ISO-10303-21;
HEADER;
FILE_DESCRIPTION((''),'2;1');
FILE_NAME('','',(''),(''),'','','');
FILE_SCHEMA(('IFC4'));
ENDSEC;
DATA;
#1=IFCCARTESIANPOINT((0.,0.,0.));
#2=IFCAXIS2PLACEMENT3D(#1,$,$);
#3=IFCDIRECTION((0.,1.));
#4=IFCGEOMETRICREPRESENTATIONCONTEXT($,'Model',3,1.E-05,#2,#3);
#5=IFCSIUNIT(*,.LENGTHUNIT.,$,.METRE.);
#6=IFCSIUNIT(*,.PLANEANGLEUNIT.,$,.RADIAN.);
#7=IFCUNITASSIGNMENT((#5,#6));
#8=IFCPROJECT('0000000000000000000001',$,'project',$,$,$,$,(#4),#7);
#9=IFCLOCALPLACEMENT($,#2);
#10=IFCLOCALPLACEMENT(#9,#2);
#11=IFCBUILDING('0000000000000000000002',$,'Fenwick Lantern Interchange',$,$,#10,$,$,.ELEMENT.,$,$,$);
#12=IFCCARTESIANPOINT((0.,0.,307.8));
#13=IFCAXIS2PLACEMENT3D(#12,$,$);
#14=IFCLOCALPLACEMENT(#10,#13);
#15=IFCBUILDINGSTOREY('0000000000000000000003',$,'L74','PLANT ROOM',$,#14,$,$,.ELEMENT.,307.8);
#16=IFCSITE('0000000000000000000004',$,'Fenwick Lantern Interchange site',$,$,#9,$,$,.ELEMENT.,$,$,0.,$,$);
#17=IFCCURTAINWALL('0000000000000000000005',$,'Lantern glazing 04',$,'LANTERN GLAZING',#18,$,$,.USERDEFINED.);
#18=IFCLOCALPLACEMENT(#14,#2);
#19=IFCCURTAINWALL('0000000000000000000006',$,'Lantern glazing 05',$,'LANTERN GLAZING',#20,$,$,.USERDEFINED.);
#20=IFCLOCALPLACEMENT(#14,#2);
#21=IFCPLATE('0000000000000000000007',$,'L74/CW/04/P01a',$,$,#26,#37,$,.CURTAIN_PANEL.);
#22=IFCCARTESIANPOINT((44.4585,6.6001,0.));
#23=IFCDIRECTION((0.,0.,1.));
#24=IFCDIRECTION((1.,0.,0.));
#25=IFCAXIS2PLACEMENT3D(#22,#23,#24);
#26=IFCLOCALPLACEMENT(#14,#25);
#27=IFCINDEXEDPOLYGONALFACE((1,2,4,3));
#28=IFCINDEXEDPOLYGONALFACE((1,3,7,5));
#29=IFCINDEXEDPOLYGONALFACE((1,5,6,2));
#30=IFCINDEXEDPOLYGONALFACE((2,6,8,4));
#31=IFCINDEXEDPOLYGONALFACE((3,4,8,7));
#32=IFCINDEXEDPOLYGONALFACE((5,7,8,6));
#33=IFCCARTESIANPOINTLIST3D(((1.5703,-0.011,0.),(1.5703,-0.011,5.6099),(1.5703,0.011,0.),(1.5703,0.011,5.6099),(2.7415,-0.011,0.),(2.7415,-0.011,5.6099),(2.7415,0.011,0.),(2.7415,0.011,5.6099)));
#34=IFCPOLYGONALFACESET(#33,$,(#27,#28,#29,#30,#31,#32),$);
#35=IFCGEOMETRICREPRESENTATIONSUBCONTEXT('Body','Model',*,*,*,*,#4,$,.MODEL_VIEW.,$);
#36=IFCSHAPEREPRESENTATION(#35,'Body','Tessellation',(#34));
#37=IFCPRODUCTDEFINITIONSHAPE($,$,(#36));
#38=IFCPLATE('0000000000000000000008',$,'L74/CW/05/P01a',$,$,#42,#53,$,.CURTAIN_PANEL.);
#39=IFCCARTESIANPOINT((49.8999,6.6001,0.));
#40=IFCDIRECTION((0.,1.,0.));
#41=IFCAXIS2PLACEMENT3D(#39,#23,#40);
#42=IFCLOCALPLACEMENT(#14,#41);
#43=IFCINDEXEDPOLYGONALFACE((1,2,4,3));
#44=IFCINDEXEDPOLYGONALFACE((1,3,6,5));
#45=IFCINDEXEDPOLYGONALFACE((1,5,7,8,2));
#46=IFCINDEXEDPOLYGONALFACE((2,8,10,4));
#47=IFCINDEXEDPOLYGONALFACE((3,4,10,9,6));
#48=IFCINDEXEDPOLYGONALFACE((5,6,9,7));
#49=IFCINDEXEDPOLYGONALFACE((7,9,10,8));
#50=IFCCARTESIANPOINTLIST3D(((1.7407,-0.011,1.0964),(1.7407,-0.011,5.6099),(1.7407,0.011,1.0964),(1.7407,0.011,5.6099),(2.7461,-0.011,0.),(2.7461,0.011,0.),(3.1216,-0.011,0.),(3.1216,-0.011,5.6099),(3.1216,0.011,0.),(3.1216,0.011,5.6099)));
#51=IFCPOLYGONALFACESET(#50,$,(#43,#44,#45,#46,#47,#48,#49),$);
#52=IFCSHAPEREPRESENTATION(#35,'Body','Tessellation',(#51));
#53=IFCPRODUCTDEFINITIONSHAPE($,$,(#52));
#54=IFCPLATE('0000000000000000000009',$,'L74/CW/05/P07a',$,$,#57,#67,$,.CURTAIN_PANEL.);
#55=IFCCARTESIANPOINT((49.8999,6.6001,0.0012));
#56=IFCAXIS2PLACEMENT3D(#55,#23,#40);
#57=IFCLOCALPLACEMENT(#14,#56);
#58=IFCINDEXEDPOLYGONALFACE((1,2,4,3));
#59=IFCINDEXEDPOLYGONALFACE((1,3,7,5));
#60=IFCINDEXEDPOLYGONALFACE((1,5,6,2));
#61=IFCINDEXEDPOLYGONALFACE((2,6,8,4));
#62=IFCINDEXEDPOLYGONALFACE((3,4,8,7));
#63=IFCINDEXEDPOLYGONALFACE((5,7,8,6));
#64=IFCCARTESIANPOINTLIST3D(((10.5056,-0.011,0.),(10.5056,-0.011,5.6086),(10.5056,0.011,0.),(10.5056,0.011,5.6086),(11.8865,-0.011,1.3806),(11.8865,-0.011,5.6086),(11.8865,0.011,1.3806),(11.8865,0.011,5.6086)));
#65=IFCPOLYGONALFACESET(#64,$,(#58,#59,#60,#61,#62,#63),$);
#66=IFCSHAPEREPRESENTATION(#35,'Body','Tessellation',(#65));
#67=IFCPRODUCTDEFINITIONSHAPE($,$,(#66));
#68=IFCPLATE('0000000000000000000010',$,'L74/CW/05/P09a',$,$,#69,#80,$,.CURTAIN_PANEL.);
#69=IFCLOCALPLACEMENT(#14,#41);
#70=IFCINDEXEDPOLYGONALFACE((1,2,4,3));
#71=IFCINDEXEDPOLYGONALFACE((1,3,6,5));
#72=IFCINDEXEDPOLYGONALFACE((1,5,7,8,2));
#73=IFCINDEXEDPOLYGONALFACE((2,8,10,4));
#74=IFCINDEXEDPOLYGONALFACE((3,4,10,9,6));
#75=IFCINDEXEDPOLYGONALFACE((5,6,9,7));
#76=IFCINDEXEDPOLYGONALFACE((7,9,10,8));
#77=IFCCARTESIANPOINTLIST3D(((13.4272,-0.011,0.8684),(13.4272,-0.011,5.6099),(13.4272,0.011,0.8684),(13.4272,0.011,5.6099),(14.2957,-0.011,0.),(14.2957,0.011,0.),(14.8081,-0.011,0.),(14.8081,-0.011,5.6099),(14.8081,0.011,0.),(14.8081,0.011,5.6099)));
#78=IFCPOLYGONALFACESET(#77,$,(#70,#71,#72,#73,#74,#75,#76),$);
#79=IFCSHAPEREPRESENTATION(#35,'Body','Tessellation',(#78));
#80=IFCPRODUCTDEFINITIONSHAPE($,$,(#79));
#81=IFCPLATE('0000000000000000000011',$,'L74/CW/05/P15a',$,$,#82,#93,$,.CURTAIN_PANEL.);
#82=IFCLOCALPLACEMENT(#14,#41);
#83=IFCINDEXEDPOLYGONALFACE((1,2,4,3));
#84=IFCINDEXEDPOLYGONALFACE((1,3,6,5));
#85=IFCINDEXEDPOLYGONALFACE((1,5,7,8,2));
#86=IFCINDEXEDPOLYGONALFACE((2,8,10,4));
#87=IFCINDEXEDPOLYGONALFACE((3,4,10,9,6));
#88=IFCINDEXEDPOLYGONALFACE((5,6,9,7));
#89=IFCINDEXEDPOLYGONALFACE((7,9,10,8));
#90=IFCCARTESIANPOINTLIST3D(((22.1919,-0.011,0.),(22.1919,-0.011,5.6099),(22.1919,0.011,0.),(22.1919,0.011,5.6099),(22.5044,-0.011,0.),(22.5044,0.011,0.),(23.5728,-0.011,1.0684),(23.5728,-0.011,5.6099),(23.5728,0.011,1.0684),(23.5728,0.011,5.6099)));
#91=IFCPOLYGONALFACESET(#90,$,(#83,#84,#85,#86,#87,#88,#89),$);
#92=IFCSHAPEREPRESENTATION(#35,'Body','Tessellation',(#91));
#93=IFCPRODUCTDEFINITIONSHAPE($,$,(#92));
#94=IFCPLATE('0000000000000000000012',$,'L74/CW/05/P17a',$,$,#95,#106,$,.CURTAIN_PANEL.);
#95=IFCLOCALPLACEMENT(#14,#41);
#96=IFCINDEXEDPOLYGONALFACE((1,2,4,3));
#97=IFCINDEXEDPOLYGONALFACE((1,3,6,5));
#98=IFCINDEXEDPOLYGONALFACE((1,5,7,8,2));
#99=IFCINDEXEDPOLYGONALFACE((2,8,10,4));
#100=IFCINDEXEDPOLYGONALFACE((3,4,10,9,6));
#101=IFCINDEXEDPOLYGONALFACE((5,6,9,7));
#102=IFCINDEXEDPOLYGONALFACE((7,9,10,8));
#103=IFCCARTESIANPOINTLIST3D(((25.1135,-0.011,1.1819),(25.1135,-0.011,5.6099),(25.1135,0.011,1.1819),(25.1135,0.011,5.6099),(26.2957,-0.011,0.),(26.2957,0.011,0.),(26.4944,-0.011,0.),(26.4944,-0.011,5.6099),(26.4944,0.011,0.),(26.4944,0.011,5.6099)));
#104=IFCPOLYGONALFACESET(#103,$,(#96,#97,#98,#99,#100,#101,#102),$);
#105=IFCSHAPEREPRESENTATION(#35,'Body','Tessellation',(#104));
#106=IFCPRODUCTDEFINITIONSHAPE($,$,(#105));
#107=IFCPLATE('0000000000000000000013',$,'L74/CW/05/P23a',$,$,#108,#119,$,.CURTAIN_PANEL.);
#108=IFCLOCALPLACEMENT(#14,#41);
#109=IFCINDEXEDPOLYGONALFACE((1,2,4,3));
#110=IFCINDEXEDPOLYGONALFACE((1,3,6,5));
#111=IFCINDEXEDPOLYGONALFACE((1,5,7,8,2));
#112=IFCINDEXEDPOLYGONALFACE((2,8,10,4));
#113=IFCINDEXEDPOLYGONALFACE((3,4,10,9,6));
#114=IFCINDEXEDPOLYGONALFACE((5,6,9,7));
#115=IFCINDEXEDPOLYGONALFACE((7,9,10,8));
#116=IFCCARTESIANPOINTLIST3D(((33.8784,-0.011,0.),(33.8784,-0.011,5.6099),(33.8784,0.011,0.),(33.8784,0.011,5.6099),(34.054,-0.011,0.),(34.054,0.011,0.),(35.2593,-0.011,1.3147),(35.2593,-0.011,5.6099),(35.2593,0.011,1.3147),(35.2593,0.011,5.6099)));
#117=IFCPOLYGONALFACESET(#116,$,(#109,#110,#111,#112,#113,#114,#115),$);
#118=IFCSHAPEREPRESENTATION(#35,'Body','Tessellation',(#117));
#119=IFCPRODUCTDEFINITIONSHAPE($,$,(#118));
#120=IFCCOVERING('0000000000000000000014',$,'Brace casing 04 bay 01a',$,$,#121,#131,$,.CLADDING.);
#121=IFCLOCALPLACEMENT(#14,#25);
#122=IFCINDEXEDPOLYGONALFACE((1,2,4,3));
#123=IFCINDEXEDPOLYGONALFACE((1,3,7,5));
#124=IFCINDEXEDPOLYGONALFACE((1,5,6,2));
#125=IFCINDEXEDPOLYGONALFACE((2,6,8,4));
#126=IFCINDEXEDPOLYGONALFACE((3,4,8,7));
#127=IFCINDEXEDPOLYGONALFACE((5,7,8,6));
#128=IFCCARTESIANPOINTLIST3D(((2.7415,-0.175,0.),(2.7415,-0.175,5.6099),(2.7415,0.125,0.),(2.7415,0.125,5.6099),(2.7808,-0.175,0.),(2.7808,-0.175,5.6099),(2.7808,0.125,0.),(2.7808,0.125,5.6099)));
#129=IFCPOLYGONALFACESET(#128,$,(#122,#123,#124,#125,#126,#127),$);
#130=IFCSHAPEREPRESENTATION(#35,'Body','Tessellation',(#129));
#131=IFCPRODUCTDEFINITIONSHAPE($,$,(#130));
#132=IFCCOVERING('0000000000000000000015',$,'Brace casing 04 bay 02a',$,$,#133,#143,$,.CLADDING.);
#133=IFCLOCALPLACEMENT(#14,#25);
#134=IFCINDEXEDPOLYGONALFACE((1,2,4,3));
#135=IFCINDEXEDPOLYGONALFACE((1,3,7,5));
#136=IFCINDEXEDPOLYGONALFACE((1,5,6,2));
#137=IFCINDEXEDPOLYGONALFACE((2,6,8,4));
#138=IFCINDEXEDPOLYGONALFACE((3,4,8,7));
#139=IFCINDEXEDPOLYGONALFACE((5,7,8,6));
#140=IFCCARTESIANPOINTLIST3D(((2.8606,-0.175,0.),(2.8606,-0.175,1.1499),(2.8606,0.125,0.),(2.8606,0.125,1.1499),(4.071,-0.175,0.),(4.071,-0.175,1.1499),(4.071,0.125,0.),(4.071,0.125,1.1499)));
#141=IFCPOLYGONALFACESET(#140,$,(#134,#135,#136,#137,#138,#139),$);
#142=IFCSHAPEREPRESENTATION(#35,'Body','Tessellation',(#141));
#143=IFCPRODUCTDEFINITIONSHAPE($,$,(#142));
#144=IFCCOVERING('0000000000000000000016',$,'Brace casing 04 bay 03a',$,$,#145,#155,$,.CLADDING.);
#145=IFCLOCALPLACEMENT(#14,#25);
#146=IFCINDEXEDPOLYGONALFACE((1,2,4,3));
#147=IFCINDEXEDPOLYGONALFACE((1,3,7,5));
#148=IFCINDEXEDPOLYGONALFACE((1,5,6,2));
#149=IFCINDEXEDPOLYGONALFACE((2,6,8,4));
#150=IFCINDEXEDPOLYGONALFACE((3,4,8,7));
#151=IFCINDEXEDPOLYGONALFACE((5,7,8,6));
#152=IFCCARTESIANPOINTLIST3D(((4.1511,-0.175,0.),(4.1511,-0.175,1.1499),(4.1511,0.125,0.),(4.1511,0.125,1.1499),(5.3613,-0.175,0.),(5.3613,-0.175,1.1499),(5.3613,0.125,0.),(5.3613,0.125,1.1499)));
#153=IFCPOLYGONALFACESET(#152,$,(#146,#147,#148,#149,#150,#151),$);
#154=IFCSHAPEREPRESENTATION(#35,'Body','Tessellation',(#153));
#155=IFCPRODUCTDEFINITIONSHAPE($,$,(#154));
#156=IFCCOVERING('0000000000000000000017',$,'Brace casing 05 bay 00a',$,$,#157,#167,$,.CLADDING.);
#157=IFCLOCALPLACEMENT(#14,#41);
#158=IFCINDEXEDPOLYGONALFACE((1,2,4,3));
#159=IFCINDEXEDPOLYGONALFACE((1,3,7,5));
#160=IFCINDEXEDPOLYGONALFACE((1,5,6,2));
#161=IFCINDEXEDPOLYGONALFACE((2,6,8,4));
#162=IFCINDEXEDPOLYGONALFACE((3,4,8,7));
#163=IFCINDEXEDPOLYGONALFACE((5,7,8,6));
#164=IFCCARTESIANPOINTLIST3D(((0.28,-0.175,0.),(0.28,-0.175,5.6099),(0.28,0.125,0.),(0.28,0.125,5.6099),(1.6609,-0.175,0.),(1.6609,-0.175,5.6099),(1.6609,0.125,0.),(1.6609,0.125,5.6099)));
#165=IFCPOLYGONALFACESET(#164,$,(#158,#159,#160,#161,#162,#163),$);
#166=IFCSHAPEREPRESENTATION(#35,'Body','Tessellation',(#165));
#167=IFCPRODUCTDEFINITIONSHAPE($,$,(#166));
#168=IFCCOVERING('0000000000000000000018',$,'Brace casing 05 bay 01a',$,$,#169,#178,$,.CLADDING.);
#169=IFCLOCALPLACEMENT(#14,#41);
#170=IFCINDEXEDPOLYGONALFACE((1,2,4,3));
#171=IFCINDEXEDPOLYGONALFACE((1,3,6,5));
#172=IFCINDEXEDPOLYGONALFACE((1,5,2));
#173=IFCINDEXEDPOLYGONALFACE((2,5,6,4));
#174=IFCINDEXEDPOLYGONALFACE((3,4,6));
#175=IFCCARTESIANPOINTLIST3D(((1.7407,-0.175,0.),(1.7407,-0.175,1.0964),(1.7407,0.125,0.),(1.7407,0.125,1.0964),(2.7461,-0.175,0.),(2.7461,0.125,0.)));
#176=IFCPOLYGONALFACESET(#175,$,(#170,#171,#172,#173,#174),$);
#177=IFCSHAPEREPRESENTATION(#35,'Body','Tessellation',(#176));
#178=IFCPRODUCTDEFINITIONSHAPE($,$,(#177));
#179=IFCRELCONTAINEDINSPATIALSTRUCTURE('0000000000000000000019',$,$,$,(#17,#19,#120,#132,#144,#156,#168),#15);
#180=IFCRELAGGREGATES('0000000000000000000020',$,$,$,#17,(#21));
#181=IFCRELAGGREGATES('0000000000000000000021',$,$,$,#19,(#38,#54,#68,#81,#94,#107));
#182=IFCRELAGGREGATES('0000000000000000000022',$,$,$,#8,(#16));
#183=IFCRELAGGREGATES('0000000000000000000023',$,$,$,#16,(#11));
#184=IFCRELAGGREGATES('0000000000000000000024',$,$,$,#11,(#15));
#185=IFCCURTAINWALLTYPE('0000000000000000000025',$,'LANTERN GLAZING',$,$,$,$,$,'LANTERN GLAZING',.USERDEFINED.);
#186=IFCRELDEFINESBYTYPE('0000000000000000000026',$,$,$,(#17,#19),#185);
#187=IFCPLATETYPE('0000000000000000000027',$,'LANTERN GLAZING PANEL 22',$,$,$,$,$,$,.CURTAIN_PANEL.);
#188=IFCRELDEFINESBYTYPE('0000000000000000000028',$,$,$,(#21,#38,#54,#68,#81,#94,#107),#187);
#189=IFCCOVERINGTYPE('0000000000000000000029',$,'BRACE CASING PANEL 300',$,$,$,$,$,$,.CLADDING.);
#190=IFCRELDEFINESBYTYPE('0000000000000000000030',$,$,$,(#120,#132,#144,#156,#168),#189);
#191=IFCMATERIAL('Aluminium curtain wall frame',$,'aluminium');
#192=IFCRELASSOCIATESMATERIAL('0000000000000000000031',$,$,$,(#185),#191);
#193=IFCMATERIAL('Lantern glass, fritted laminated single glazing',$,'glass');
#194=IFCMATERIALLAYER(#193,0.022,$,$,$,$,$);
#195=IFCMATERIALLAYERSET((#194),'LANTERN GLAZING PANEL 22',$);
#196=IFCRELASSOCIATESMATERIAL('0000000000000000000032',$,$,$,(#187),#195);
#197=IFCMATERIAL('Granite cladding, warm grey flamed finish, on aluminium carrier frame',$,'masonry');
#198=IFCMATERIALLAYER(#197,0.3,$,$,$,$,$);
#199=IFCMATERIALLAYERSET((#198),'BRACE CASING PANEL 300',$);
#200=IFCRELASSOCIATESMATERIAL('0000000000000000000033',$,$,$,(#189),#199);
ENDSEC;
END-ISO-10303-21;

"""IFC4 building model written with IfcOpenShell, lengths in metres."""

from ifc_helpers import new_model, si_unit, direction, frame, origin, place, context, subcontext, project, spatial, polyline, outline, extrude, material, layer, layer_set, type_object, element, aggregate, save


model = new_model("IFC4")

# Units and contexts
model_context = context("Model", 3, precision=1e-05, world=origin(), true_north=direction((0.0, 1.0)))
body_context = subcontext(model_context, "Body", "Model", "MODEL_VIEW")
ifc_project = project(units=[si_unit("LENGTHUNIT", "METRE"), si_unit("PLANEANGLEUNIT", "RADIAN")], contexts=[model_context])

# Site, building, storey
site_placement = place(None, origin())
site = spatial("IfcSite", under=ifc_project, at=site_placement, Name="Fenwick Lantern Interchange site", CompositionType="ELEMENT", RefElevation=0.0)
building_placement = place(site_placement, origin())
building = spatial("IfcBuilding", under=site, at=building_placement, Name="Fenwick Lantern Interchange", CompositionType="ELEMENT")
storey_placement = place(building_placement, frame((0.0, 0.0, 307.8)))
storey = spatial("IfcBuildingStorey", under=building, at=storey_placement, Name="L74", Description="PLANT ROOM", CompositionType="ELEMENT", Elevation=307.8)

# Shared definitions
ifc_material_1 = material(Name="Aluminium curtain wall frame", Category="aluminium")
curtain_wall_type = type_object("IfcCurtainWallType", Name="LANTERN GLAZING", ElementType="LANTERN GLAZING", PredefinedType="USERDEFINED", material=ifc_material_1)

# Curtain walls
curtain_wall_1_placement = place(storey_placement, origin())
curtain_wall_1 = element("IfcCurtainWall", 1, at=curtain_wall_1_placement, inside=storey, type_object=curtain_wall_type, Name="Lantern glazing 04", ObjectType="LANTERN GLAZING", PredefinedType="USERDEFINED")
curtain_wall_2_placement = place(storey_placement, origin())
curtain_wall_2 = element("IfcCurtainWall", 2, at=curtain_wall_2_placement, inside=storey, type_object=curtain_wall_type, Name="Lantern glazing 05", ObjectType="LANTERN GLAZING", PredefinedType="USERDEFINED")

# Plates
ifc_material_2 = material(Name="Lantern glass, fritted laminated single glazing", Category="glass")
ifc_layer_1 = layer(ifc_material_2, 0.022)
ifc_layer_set_1 = layer_set([ifc_layer_1], Name="LANTERN GLAZING PANEL 22")
plate_type = type_object("IfcPlateType", Name="LANTERN GLAZING PANEL 22", PredefinedType="CURTAIN_PANEL", material=ifc_layer_set_1)
plate_1_placement = place(storey_placement, frame((44.4585, 6.6001, 0.0), z_axis=(0.0, 0.0, 1.0), x_axis=(1.0, 0.0, 0.0)))
plate_1 = element("IfcPlate", 3, at=plate_1_placement, type_object=plate_type, Name="L74/CW/04/P01a", PredefinedType="CURTAIN_PANEL", context=body_context, shape_type="SweptSolid", body=[
    extrude(outline(polyline([(1.5703, 0.0), (2.7415, 0.0), (2.7415, 5.6099), (1.5703, 5.6099), (1.5703, 0.0)])), frame((0.0, 0.011, 0.0), z_axis=(0.0, -1.0, 0.0), x_axis=(1.0, 0.0, 0.0)), (0.0, 0.0, 1.0), 0.022),
])
aggregate(curtain_wall_1, [plate_1])
plate_2_placement = place(storey_placement, frame((49.8999, 6.6001, 0.0), z_axis=(0.0, 0.0, 1.0), x_axis=(0.0, 1.0, 0.0)))
plate_2 = element("IfcPlate", 4, at=plate_2_placement, type_object=plate_type, Name="L74/CW/05/P01a", PredefinedType="CURTAIN_PANEL", context=body_context, shape_type="SweptSolid", body=[
    extrude(outline(polyline([(2.7461, 0.0), (3.1216, 0.0), (3.1216, 5.6099), (1.7407, 5.6099), (1.7407, 1.0964), (2.7461, 0.0)])), frame((0.0, 0.011, 0.0), z_axis=(0.0, -1.0, 0.0), x_axis=(1.0, 0.0, 0.0)), (0.0, 0.0, 1.0), 0.022),
])
plate_3_placement = place(storey_placement, frame((49.8999, 6.6001, 0.0012), z_axis=(0.0, 0.0, 1.0), x_axis=(0.0, 1.0, 0.0)))
plate_3 = element("IfcPlate", 5, at=plate_3_placement, type_object=plate_type, Name="L74/CW/05/P07a", PredefinedType="CURTAIN_PANEL", context=body_context, shape_type="SweptSolid", body=[
    extrude(outline(polyline([(10.5056, 0.0), (11.8865, 1.3806), (11.8865, 5.6086), (10.5056, 5.6086), (10.5056, 0.0)])), frame((0.0, 0.011, 0.0), z_axis=(0.0, -1.0, 0.0), x_axis=(1.0, 0.0, 0.0)), (0.0, 0.0, 1.0), 0.022),
])
plate_4_placement = place(storey_placement, frame((49.8999, 6.6001, 0.0), z_axis=(0.0, 0.0, 1.0), x_axis=(0.0, 1.0, 0.0)))
plate_4 = element("IfcPlate", 6, at=plate_4_placement, type_object=plate_type, Name="L74/CW/05/P09a", PredefinedType="CURTAIN_PANEL", context=body_context, shape_type="SweptSolid", body=[
    extrude(outline(polyline([(14.2957, 0.0), (14.8081, 0.0), (14.8081, 5.6099), (13.4272, 5.6099), (13.4272, 0.8684), (14.2957, 0.0)])), frame((0.0, 0.011, 0.0), z_axis=(0.0, -1.0, 0.0), x_axis=(1.0, 0.0, 0.0)), (0.0, 0.0, 1.0), 0.022),
])
plate_5_placement = place(storey_placement, frame((49.8999, 6.6001, 0.0), z_axis=(0.0, 0.0, 1.0), x_axis=(0.0, 1.0, 0.0)))
plate_5 = element("IfcPlate", 7, at=plate_5_placement, type_object=plate_type, Name="L74/CW/05/P15a", PredefinedType="CURTAIN_PANEL", context=body_context, shape_type="SweptSolid", body=[
    extrude(outline(polyline([(22.1919, 0.0), (22.5044, 0.0), (23.5728, 1.0684), (23.5728, 5.6099), (22.1919, 5.6099), (22.1919, 0.0)])), frame((0.0, 0.011, 0.0), z_axis=(0.0, -1.0, 0.0), x_axis=(1.0, 0.0, 0.0)), (0.0, 0.0, 1.0), 0.022),
])
plate_6_placement = place(storey_placement, frame((49.8999, 6.6001, 0.0), z_axis=(0.0, 0.0, 1.0), x_axis=(0.0, 1.0, 0.0)))
plate_6 = element("IfcPlate", 8, at=plate_6_placement, type_object=plate_type, Name="L74/CW/05/P17a", PredefinedType="CURTAIN_PANEL", context=body_context, shape_type="SweptSolid", body=[
    extrude(outline(polyline([(26.2957, 0.0), (26.4944, 0.0), (26.4944, 5.6099), (25.1135, 5.6099), (25.1135, 1.1819), (26.2957, 0.0)])), frame((0.0, 0.011, 0.0), z_axis=(0.0, -1.0, 0.0), x_axis=(1.0, 0.0, 0.0)), (0.0, 0.0, 1.0), 0.022),
])
plate_7_placement = place(storey_placement, frame((49.8999, 6.6001, 0.0), z_axis=(0.0, 0.0, 1.0), x_axis=(0.0, 1.0, 0.0)))
plate_7 = element("IfcPlate", 9, at=plate_7_placement, type_object=plate_type, Name="L74/CW/05/P23a", PredefinedType="CURTAIN_PANEL", context=body_context, shape_type="SweptSolid", body=[
    extrude(outline(polyline([(33.8784, 0.0), (34.054, 0.0), (35.2593, 1.3147), (35.2593, 5.6099), (33.8784, 5.6099), (33.8784, 0.0)])), frame((0.0, 0.011, 0.0), z_axis=(0.0, -1.0, 0.0), x_axis=(1.0, 0.0, 0.0)), (0.0, 0.0, 1.0), 0.022),
])
aggregate(curtain_wall_2, [plate_2, plate_3, plate_4, plate_5, plate_6, plate_7])

# Coverings
ifc_material_3 = material(Name="Granite cladding, warm grey flamed finish, on aluminium carrier frame", Category="masonry")
ifc_layer_2 = layer(ifc_material_3, 0.3)
ifc_layer_set_2 = layer_set([ifc_layer_2], Name="BRACE CASING PANEL 300")
covering_type = type_object("IfcCoveringType", Name="BRACE CASING PANEL 300", PredefinedType="CLADDING", material=ifc_layer_set_2)
covering_1_placement = place(storey_placement, frame((44.4585, 6.6001, 0.0), z_axis=(0.0, 0.0, 1.0), x_axis=(1.0, 0.0, 0.0)))
element("IfcCovering", 10, at=covering_1_placement, inside=storey, type_object=covering_type, Name="Brace casing 04 bay 01a", PredefinedType="CLADDING", context=body_context, shape_type="SweptSolid", body=[
    extrude(outline(polyline([(2.7415, 0.0), (2.7808, 0.0), (2.7808, 5.6099), (2.7415, 5.6099), (2.7415, 0.0)])), frame((0.0, 0.125, 0.0), z_axis=(0.0, -1.0, 0.0), x_axis=(1.0, 0.0, 0.0)), (0.0, 0.0, 1.0), 0.3),
])
covering_2_placement = place(storey_placement, frame((44.4585, 6.6001, 0.0), z_axis=(0.0, 0.0, 1.0), x_axis=(1.0, 0.0, 0.0)))
element("IfcCovering", 11, at=covering_2_placement, inside=storey, type_object=covering_type, Name="Brace casing 04 bay 02a", PredefinedType="CLADDING", context=body_context, shape_type="SweptSolid", body=[
    extrude(outline(polyline([(2.8606, 0.0), (4.071, 0.0), (4.071, 1.1499), (2.8606, 1.1499), (2.8606, 0.0)])), frame((0.0, 0.125, 0.0), z_axis=(0.0, -1.0, 0.0), x_axis=(1.0, 0.0, 0.0)), (0.0, 0.0, 1.0), 0.3),
])
covering_3_placement = place(storey_placement, frame((44.4585, 6.6001, 0.0), z_axis=(0.0, 0.0, 1.0), x_axis=(1.0, 0.0, 0.0)))
element("IfcCovering", 12, at=covering_3_placement, inside=storey, type_object=covering_type, Name="Brace casing 04 bay 03a", PredefinedType="CLADDING", context=body_context, shape_type="SweptSolid", body=[
    extrude(outline(polyline([(4.1511, 0.0), (5.3613, 0.0), (5.3613, 1.1499), (4.1511, 1.1499), (4.1511, 0.0)])), frame((0.0, 0.125, 0.0), z_axis=(0.0, -1.0, 0.0), x_axis=(1.0, 0.0, 0.0)), (0.0, 0.0, 1.0), 0.3),
])
covering_4_placement = place(storey_placement, frame((49.8999, 6.6001, 0.0), z_axis=(0.0, 0.0, 1.0), x_axis=(0.0, 1.0, 0.0)))
element("IfcCovering", 13, at=covering_4_placement, inside=storey, type_object=covering_type, Name="Brace casing 05 bay 00a", PredefinedType="CLADDING", context=body_context, shape_type="SweptSolid", body=[
    extrude(outline(polyline([(0.28, 0.0), (1.6609, 0.0), (1.6609, 5.6099), (0.28, 5.6099), (0.28, 0.0)])), frame((0.0, 0.125, 0.0), z_axis=(0.0, -1.0, 0.0), x_axis=(1.0, 0.0, 0.0)), (0.0, 0.0, 1.0), 0.3),
])
covering_5_placement = place(storey_placement, frame((49.8999, 6.6001, 0.0), z_axis=(0.0, 0.0, 1.0), x_axis=(0.0, 1.0, 0.0)))
element("IfcCovering", 14, at=covering_5_placement, inside=storey, type_object=covering_type, Name="Brace casing 05 bay 01a", PredefinedType="CLADDING", context=body_context, shape_type="SweptSolid", body=[
    extrude(outline(polyline([(1.7407, 0.0), (2.7461, 0.0), (1.7407, 1.0964), (1.7407, 0.0)])), frame((0.0, 0.125, 0.0), z_axis=(0.0, -1.0, 0.0), x_axis=(1.0, 0.0, 0.0)), (0.0, 0.0, 1.0), 0.3),
])

save(model, "model.ifc")
